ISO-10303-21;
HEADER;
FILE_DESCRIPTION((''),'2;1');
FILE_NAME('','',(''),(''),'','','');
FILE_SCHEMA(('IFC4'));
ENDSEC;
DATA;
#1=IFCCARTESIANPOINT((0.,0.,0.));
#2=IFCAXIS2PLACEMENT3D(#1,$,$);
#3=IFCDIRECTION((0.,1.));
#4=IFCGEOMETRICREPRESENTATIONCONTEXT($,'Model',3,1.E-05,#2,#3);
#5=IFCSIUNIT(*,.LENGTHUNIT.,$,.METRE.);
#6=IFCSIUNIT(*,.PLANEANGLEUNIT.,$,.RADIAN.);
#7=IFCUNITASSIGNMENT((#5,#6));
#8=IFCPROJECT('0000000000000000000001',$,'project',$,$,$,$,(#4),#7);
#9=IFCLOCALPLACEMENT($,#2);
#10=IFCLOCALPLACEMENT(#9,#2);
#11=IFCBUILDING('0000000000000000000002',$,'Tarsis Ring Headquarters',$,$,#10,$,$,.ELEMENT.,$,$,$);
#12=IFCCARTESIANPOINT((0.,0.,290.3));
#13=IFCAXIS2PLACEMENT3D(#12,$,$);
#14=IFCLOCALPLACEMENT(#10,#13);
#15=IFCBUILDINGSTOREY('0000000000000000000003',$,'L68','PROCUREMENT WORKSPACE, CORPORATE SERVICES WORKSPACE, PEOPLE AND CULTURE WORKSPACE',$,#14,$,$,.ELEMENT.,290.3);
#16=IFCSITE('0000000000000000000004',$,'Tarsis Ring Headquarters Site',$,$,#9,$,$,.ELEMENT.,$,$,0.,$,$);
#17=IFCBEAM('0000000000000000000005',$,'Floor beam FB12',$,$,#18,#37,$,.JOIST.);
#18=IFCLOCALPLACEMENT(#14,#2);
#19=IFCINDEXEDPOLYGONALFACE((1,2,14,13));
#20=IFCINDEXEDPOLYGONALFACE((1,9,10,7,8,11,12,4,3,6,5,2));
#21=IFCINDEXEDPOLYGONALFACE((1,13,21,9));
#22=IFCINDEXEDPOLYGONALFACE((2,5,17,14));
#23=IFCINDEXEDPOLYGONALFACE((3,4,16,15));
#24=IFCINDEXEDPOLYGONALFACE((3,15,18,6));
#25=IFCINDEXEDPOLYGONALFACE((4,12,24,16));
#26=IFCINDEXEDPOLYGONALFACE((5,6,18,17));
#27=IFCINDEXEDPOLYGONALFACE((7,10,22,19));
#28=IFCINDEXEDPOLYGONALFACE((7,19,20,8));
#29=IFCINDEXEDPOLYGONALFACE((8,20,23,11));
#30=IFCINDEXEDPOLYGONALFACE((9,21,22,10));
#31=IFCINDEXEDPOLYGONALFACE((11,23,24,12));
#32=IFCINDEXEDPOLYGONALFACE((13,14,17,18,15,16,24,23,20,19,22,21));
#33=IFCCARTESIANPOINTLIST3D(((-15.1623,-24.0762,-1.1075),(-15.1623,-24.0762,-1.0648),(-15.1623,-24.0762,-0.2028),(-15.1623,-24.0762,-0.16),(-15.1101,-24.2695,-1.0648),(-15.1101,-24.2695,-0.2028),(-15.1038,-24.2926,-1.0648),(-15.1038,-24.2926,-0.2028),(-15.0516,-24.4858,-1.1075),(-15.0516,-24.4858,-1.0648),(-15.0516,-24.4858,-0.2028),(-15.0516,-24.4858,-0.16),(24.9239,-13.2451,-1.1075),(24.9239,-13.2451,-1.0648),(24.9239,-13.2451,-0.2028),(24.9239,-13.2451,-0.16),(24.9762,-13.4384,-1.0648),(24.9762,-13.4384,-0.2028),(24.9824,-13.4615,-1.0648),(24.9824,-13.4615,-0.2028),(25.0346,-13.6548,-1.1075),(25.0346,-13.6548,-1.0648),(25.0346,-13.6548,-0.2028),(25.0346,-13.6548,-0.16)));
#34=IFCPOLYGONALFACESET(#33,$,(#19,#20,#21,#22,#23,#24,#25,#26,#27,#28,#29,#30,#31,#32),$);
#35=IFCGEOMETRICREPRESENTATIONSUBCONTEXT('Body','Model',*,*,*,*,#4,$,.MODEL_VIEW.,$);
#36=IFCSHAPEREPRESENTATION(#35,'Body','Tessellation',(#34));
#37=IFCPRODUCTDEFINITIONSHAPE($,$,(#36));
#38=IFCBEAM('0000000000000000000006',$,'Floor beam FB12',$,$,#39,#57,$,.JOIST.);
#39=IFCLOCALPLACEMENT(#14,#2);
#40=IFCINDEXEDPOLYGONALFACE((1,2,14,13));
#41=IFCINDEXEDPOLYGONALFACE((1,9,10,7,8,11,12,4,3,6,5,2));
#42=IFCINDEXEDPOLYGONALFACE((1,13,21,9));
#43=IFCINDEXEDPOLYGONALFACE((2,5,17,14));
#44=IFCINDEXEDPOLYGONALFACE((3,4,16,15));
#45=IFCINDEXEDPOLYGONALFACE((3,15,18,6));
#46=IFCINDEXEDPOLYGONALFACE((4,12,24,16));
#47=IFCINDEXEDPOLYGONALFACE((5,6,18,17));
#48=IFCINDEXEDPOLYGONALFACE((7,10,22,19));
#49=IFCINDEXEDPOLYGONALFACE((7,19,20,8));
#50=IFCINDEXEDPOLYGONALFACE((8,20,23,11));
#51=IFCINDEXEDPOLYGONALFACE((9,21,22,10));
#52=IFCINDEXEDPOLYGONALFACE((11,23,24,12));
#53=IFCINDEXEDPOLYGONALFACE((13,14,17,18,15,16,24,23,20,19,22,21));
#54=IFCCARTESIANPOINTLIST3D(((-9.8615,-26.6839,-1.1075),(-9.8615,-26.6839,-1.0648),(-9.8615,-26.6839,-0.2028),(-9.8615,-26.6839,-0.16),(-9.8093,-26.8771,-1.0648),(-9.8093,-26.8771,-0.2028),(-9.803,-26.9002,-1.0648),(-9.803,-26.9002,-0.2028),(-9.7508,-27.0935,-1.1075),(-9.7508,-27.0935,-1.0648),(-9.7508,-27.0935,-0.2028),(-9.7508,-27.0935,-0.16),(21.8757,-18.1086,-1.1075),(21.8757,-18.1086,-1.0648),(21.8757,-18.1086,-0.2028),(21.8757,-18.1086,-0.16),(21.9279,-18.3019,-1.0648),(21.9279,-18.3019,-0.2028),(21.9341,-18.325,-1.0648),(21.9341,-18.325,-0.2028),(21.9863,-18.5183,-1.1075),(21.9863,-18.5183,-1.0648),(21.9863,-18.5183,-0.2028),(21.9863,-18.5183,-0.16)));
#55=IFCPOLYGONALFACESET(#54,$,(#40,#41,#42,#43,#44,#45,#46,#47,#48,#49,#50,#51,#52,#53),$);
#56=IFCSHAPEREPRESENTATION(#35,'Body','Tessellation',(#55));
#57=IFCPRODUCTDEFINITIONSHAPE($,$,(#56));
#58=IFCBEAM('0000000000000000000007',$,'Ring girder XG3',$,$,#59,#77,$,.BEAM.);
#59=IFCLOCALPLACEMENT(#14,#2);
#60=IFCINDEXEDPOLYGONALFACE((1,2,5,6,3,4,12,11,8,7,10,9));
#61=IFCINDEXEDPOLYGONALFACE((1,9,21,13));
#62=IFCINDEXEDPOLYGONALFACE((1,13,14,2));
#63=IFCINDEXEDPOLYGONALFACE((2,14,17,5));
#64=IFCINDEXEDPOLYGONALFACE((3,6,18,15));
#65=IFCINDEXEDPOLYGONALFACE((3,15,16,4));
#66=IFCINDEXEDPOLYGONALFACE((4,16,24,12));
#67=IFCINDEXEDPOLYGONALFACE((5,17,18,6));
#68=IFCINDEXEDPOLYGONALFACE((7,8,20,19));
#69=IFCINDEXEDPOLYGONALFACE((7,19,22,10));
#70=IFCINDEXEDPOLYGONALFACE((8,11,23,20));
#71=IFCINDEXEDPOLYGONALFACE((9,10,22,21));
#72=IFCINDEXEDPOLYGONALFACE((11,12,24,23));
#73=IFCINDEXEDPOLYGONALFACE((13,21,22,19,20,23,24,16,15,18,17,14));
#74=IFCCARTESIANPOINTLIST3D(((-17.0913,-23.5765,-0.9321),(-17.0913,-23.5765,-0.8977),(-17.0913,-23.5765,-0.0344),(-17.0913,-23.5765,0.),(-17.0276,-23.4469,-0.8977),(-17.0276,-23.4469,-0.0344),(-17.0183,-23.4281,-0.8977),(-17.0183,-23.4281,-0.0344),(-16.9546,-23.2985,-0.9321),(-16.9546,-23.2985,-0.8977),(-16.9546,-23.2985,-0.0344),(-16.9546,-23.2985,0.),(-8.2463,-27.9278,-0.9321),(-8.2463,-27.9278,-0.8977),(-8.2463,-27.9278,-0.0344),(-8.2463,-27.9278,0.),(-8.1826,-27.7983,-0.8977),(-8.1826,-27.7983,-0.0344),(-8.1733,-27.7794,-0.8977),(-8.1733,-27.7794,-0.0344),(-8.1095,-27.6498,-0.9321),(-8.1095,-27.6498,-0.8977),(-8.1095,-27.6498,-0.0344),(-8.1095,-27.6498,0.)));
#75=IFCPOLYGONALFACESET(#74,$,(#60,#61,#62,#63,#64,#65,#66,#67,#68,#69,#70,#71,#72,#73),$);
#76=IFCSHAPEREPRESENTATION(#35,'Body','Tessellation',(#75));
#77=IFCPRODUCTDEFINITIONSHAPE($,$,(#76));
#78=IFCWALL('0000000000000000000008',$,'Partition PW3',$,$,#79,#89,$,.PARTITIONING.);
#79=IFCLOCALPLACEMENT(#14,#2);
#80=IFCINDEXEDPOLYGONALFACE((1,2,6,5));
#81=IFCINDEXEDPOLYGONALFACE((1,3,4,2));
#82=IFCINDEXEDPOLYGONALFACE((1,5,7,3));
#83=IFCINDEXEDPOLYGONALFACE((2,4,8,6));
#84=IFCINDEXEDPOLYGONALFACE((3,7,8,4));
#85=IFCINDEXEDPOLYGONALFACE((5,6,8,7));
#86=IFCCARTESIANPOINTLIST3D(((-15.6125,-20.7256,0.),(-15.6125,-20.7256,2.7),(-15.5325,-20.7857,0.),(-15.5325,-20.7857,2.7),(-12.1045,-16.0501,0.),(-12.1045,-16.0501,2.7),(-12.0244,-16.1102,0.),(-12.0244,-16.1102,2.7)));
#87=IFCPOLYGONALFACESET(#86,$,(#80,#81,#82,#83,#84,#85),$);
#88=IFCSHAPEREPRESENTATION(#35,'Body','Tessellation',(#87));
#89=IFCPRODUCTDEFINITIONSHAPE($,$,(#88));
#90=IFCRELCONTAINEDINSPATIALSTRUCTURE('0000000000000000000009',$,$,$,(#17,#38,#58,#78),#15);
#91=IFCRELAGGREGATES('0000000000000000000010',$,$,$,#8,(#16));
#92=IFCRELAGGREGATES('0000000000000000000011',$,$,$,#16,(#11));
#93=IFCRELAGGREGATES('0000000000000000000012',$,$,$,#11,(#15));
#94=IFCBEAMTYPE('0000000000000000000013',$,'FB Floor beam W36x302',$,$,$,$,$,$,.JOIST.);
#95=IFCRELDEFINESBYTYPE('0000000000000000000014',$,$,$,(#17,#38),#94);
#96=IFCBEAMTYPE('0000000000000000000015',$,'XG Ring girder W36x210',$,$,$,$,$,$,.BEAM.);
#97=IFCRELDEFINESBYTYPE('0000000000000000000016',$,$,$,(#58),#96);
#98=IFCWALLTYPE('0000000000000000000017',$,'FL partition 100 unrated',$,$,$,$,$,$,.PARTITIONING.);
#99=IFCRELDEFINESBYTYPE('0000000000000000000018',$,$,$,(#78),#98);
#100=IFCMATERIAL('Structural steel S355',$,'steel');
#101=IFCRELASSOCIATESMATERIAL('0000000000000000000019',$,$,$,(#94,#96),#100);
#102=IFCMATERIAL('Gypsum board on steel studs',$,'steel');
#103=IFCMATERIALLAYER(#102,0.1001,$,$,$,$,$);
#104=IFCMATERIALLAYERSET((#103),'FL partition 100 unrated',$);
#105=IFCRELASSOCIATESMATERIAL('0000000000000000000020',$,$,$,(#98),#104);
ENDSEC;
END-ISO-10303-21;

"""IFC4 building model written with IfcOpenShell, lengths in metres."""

from ifc_helpers import new_model, si_unit, direction, frame, frame_2d, origin, origin_2d, place, context, subcontext, project, spatial, rectangle, i_section, extrude, material, layer, layer_set, material_profile, profile_set, type_object, element, save


model = new_model("IFC4")

# Units and contexts
model_context = context("Model", 3, precision=1e-05, world=origin(), true_north=direction((0.0, 1.0)))
body_context = subcontext(model_context, "Body", "Model", "MODEL_VIEW")
ifc_project = project(units=[si_unit("LENGTHUNIT", "METRE"), si_unit("PLANEANGLEUNIT", "RADIAN")], contexts=[model_context])

# Site, building, storey
site_placement = place(None, origin())
site = spatial("IfcSite", under=ifc_project, at=site_placement, Name="Tarsis Ring Headquarters Site", CompositionType="ELEMENT", RefElevation=0.0)
building_placement = place(site_placement, origin())
building = spatial("IfcBuilding", under=site, at=building_placement, Name="Tarsis Ring Headquarters", CompositionType="ELEMENT")
storey_placement = place(building_placement, frame((0.0, 0.0, 290.3)))
storey = spatial("IfcBuildingStorey", under=building, at=storey_placement, Name="L68", Description="PROCUREMENT WORKSPACE, CORPORATE SERVICES WORKSPACE, PEOPLE AND CULTURE WORKSPACE", CompositionType="ELEMENT", Elevation=290.3)

# Shared definitions
ifc_material_1 = material(Name="Structural steel S355", Category="steel")

# Beams
ifc_material_profile_1 = material_profile(ifc_material_1, i_section(OverallWidth=0.4243, OverallDepth=0.9475, WebThickness=0.0239, FlangeThickness=0.0427, at=origin_2d()), Name="W36x302")
ifc_profile_set_1 = profile_set([ifc_material_profile_1], Name="Structural steel S355")
beam_type_1 = type_object("IfcBeamType", Name="FB Floor beam W36x302", PredefinedType="JOIST", material=ifc_profile_set_1)
beam_1_placement = place(storey_placement, frame((-15.1069, -24.281, -0.6338), z_axis=(0.965382, 0.260841, 0.0), x_axis=(-0.260841, 0.965382, 0.0)))
element("IfcBeam", 1, at=beam_1_placement, inside=storey, type_object=beam_type_1, Name="Floor beam FB12", PredefinedType="JOIST", context=body_context, shape_type="SweptSolid", body=[
    extrude(i_section(OverallWidth=0.4243, OverallDepth=0.9475, WebThickness=0.0239, FlangeThickness=0.0427, at=origin_2d()), origin(), (0.0, 0.0, 1.0), 41.5237),
])
beam_2_placement = place(storey_placement, frame((-9.8062, -26.8887, -0.6338), z_axis=(0.965382, 0.260841, 0.0), x_axis=(-0.260841, 0.965382, 0.0)))
element("IfcBeam", 2, at=beam_2_placement, inside=storey, type_object=beam_type_1, Name="Floor beam FB12", PredefinedType="JOIST", context=body_context, shape_type="SweptSolid", body=[
    extrude(i_section(OverallWidth=0.4243, OverallDepth=0.9475, WebThickness=0.0239, FlangeThickness=0.0427, at=origin_2d()), origin(), (0.0, 0.0, 1.0), 32.8752),
])
ifc_material_profile_2 = material_profile(ifc_material_1, i_section(OverallWidth=0.3098, OverallDepth=0.9321, WebThickness=0.021, FlangeThickness=0.0344, at=origin_2d()), Name="W36x210")
ifc_profile_set_2 = profile_set([ifc_material_profile_2], Name="Structural steel S355")
beam_type_2 = type_object("IfcBeamType", Name="XG Ring girder W36x210", PredefinedType="BEAM", material=ifc_profile_set_2)
beam_3_placement = place(storey_placement, frame((-17.0229, -23.4375, -0.4661), z_axis=(0.897296, -0.441429, 0.0), x_axis=(0.441429, 0.897296, 0.0)))
element("IfcBeam", 3, at=beam_3_placement, inside=storey, type_object=beam_type_2, Name="Ring girder XG3", PredefinedType="BEAM", context=body_context, shape_type="SweptSolid", body=[
    extrude(i_section(OverallWidth=0.3098, OverallDepth=0.9321, WebThickness=0.021, FlangeThickness=0.0344, at=origin_2d()), origin(), (0.0, 0.0, 1.0), 9.8574),
])

# Wall
ifc_material_2 = material(Name="Gypsum board on steel studs", Category="steel")
ifc_layer_1 = layer(ifc_material_2, 0.1001)
ifc_layer_set_1 = layer_set([ifc_layer_1], Name="FL partition 100 unrated")
wall_type_1 = type_object("IfcWallType", Name="FL partition 100 unrated", PredefinedType="PARTITIONING", material=ifc_layer_set_1)
wall_1_placement = place(storey_placement, frame((-15.5725, -20.7556, 0.0), z_axis=(0.0, 0.0, 1.0), x_axis=(0.600154, 0.799885, 0.0)))
element("IfcWall", 4, at=wall_1_placement, inside=storey, type_object=wall_type_1, Name="Partition PW3", PredefinedType="PARTITIONING", context=body_context, shape_type="SweptSolid", body=[
    extrude(rectangle(XDim=5.8452, YDim=0.1001, at=frame_2d((2.9226, 0.0))), origin(), (0.0, 0.0, 1.0), 2.7),
])

save(model, "model.ifc")
